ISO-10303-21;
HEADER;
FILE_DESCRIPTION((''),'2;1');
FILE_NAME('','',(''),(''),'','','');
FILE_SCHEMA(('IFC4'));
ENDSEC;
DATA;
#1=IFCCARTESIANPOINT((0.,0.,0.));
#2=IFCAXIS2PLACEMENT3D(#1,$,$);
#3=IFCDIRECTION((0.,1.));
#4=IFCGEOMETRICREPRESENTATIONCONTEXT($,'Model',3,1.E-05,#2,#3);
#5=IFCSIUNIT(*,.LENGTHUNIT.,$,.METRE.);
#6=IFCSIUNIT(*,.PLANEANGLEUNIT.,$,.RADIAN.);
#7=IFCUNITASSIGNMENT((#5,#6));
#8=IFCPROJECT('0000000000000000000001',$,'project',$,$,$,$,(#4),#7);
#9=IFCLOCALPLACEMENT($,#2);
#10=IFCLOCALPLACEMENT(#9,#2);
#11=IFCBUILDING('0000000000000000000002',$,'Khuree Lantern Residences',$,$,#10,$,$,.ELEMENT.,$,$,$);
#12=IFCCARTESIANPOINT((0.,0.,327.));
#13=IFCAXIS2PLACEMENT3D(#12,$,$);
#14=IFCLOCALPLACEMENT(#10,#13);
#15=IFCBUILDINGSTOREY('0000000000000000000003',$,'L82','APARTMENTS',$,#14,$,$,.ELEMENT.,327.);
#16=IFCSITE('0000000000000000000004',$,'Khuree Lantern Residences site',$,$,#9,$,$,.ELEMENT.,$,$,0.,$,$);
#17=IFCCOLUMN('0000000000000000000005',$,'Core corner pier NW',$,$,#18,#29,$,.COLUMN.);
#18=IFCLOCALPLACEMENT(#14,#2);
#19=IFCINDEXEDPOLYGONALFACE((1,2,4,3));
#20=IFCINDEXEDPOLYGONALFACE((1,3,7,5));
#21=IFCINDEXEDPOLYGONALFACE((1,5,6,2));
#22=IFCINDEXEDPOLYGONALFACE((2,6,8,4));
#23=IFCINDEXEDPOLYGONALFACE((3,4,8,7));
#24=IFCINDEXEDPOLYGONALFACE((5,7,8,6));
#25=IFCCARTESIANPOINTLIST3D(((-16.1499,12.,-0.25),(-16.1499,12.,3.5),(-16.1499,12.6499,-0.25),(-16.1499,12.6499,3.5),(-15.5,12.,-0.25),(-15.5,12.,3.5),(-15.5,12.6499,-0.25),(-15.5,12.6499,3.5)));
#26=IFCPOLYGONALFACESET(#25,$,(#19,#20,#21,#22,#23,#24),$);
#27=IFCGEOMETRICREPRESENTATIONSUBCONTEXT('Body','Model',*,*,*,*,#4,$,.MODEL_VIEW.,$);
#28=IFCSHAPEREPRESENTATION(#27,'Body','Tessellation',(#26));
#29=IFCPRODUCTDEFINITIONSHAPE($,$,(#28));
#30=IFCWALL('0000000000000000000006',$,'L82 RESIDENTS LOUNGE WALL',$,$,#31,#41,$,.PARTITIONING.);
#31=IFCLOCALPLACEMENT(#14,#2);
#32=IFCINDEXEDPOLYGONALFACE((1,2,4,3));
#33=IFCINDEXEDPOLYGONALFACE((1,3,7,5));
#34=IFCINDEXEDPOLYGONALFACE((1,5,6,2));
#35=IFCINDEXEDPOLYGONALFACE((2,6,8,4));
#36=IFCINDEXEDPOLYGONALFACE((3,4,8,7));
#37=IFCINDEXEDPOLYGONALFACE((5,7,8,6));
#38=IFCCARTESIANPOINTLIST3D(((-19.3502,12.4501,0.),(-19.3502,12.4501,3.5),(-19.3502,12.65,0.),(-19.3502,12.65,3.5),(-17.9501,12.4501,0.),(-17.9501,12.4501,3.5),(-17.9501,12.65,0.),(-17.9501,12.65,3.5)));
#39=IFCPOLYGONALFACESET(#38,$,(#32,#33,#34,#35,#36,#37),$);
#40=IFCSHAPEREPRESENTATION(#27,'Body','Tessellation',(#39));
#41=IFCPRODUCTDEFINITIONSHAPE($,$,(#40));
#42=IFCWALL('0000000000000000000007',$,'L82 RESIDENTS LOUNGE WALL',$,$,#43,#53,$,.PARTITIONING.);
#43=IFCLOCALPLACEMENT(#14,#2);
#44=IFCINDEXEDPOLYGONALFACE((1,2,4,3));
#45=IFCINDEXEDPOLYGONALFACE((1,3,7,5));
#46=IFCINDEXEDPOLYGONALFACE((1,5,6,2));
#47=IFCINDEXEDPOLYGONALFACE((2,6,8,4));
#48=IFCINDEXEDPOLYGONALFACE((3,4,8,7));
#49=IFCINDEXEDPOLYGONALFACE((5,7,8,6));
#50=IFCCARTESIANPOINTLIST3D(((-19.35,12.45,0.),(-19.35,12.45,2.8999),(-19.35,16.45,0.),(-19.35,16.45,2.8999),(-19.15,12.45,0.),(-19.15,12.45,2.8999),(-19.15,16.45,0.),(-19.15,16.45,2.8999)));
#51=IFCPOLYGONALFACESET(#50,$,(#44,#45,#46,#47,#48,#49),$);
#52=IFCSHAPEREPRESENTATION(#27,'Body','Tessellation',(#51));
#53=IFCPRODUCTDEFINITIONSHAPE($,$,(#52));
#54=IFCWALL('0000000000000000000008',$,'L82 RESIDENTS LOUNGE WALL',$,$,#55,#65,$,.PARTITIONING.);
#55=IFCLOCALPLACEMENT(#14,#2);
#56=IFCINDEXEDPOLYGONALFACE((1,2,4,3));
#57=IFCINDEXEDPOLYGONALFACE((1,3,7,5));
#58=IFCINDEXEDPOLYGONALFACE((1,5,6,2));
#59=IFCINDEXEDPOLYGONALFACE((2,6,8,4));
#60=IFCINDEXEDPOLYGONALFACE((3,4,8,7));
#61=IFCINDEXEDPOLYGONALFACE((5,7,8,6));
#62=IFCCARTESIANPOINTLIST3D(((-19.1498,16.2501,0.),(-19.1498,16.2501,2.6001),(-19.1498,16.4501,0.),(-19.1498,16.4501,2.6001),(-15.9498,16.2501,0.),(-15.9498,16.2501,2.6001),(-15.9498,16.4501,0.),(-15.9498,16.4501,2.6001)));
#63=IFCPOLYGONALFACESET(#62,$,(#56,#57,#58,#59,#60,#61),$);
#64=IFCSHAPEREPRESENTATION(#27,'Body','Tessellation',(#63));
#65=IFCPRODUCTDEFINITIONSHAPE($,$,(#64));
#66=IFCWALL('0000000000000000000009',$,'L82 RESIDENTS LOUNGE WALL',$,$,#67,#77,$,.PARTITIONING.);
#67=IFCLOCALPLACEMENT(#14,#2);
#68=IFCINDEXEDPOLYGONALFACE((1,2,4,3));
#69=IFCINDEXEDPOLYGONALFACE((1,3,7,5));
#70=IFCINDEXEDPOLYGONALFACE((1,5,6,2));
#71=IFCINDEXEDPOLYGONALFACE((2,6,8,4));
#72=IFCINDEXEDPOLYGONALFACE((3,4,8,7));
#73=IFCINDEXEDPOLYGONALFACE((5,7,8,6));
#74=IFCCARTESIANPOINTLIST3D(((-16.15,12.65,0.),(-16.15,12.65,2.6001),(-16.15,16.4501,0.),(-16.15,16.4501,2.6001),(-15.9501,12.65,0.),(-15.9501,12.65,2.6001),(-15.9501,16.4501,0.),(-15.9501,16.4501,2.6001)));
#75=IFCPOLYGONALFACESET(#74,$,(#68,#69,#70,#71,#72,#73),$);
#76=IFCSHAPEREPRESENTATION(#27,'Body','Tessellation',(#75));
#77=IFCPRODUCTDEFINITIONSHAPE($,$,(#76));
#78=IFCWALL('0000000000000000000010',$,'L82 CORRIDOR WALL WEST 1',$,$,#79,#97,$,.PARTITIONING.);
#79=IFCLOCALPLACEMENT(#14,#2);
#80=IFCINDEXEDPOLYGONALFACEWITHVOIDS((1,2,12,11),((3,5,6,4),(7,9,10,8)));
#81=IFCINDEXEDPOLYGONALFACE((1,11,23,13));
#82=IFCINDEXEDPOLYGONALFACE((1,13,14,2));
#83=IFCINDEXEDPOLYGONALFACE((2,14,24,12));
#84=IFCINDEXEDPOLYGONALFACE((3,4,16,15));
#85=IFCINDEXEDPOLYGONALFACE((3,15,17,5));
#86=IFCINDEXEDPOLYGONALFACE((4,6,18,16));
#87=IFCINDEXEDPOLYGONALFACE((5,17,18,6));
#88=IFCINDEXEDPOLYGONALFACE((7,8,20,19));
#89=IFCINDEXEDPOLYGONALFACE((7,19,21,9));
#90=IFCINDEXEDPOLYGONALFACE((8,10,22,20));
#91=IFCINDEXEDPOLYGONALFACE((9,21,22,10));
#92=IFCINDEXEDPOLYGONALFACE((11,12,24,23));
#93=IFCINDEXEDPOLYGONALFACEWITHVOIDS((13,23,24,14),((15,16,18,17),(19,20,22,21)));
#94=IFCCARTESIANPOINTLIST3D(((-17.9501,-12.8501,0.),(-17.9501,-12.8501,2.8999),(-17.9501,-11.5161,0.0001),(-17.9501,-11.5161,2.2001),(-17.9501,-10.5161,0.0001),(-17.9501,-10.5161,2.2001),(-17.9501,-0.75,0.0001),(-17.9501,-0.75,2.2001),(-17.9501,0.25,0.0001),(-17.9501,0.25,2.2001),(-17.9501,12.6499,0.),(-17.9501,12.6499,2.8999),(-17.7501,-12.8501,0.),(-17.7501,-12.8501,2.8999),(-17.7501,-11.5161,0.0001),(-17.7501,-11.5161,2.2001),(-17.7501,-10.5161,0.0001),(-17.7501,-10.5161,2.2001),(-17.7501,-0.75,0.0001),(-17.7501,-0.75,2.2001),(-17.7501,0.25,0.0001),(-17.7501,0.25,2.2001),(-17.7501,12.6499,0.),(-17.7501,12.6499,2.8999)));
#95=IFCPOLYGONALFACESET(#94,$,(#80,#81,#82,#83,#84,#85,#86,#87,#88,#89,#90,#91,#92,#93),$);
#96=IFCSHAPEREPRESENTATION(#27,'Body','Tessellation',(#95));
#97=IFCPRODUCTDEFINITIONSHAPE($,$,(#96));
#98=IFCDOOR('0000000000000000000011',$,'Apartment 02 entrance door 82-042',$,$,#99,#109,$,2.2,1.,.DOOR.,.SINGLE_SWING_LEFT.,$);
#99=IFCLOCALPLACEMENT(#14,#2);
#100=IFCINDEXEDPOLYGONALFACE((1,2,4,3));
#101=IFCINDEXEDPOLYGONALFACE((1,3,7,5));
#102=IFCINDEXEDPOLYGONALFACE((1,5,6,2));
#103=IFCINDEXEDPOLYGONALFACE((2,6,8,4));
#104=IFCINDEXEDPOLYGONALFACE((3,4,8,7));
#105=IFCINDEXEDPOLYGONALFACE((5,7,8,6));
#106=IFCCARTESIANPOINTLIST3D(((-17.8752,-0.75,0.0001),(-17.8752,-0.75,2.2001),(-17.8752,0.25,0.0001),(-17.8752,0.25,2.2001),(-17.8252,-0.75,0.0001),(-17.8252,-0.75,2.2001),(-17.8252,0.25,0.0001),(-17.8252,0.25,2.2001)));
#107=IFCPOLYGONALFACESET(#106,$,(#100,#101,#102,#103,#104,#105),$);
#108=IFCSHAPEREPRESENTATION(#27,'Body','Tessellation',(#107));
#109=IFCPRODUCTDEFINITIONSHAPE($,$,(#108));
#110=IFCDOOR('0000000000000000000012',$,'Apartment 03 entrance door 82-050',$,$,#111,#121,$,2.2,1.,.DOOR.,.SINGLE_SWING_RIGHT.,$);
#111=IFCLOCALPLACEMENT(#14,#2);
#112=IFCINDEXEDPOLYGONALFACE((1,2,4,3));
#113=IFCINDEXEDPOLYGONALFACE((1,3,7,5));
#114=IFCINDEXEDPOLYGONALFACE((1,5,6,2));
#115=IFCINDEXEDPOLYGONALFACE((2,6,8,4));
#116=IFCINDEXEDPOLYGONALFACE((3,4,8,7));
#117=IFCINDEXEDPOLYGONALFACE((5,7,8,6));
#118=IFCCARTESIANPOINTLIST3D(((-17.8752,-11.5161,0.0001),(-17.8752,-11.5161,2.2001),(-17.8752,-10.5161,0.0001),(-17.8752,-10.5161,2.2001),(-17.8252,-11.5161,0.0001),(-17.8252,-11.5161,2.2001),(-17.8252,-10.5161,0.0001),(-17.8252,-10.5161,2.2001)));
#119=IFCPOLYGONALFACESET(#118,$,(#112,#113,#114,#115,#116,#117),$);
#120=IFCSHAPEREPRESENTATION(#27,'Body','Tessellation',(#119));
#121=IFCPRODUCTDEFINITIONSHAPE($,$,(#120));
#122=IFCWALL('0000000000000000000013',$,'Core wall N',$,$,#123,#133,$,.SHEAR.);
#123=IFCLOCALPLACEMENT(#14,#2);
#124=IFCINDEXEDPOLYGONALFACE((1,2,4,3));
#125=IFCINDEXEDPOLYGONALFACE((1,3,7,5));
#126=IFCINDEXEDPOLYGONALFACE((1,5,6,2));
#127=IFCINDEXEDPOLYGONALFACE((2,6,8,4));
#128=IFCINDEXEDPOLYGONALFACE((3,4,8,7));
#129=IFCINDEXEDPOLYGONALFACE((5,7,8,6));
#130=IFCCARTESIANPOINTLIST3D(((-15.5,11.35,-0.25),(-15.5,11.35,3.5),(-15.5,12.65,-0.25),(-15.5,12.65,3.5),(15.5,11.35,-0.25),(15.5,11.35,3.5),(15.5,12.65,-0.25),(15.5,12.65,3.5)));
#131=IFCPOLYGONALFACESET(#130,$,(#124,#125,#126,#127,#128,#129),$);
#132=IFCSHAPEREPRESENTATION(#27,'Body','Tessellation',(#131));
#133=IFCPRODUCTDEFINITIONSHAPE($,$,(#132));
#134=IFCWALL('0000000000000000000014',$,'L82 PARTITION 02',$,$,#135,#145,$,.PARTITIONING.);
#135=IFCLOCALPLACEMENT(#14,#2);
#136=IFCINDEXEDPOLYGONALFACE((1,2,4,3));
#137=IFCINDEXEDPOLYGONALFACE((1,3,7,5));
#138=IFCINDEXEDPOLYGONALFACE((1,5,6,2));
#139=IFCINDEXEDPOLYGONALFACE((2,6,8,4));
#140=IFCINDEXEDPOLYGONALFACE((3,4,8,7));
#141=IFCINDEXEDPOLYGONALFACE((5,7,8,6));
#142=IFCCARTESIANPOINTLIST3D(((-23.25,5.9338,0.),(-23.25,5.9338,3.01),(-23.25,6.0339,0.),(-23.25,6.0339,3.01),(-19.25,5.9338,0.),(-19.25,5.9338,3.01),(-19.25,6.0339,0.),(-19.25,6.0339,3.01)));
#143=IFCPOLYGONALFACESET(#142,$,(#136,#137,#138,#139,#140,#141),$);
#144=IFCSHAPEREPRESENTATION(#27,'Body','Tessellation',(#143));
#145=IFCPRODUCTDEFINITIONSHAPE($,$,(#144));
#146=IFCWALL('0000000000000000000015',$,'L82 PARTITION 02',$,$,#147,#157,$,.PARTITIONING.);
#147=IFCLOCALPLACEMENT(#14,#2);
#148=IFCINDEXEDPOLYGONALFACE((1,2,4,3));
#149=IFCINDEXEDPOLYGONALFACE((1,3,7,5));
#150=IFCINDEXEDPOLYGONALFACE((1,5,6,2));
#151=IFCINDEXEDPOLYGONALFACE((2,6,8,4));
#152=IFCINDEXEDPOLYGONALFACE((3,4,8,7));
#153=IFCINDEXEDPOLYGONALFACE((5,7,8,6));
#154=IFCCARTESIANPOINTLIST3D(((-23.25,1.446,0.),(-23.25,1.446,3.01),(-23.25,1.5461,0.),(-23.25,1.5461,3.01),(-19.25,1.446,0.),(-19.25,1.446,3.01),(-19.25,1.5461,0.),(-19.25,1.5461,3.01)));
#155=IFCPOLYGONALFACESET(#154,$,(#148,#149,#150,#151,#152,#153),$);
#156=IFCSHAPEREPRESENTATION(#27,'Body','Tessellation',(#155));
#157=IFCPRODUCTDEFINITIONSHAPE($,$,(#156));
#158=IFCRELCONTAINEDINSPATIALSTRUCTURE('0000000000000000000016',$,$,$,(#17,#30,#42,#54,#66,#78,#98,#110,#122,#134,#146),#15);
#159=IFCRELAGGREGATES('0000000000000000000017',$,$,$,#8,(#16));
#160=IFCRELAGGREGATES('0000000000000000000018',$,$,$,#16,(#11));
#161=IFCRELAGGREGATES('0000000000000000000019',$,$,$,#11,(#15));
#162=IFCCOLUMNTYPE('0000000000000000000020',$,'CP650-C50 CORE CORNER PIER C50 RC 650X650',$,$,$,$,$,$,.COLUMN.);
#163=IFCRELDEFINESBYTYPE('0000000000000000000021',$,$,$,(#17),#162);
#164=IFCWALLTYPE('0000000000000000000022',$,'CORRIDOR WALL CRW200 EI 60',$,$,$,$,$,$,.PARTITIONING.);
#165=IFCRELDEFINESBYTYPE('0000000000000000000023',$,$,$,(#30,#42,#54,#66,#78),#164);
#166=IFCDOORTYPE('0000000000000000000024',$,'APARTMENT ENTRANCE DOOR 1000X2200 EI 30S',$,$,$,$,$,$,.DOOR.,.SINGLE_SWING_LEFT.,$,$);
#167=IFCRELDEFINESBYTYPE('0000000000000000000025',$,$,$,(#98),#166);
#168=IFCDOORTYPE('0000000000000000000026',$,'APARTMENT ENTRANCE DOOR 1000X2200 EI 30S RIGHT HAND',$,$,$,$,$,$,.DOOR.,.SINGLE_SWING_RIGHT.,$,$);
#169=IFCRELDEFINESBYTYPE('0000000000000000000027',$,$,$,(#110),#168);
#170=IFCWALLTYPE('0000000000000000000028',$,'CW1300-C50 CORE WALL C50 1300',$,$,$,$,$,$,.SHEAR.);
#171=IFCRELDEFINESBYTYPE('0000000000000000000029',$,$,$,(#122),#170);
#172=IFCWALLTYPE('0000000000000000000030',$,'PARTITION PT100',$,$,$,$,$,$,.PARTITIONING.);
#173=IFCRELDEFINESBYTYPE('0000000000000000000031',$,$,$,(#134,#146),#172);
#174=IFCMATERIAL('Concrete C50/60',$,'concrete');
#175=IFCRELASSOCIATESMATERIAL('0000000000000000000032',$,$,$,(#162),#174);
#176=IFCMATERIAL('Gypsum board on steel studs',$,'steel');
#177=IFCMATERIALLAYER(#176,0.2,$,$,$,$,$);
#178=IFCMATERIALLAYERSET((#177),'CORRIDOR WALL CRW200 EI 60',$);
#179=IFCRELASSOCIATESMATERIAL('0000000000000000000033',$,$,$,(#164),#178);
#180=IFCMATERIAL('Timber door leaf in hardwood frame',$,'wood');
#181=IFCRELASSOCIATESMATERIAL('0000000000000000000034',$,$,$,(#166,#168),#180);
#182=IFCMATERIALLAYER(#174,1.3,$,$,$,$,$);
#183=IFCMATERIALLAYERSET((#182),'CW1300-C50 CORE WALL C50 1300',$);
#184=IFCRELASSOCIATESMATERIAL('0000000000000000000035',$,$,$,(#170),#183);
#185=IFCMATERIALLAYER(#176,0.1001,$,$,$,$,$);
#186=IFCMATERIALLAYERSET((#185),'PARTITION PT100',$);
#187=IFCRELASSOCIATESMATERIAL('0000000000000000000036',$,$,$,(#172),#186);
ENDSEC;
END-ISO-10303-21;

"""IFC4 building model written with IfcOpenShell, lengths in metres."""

from ifc_helpers import new_model, si_unit, direction, frame, frame_2d, origin, origin_2d, place, context, subcontext, project, spatial, rectangle, extrude, material, layer, layer_set, material_profile, profile_set, type_object, element, fill, save


model = new_model("IFC4")

# Units and contexts
model_context = context("Model", 3, precision=1e-05, world=origin(), true_north=direction((0.0, 1.0)))
body_context = subcontext(model_context, "Body", "Model", "MODEL_VIEW")
ifc_project = project(units=[si_unit("LENGTHUNIT", "METRE"), si_unit("PLANEANGLEUNIT", "RADIAN")], contexts=[model_context])

# Site, building, storey
site_placement = place(None, origin())
site = spatial("IfcSite", under=ifc_project, at=site_placement, Name="Khuree Lantern Residences site", CompositionType="ELEMENT", RefElevation=0.0)
building_placement = place(site_placement, origin())
building = spatial("IfcBuilding", under=site, at=building_placement, Name="Khuree Lantern Residences", CompositionType="ELEMENT")
storey_placement = place(building_placement, frame((0.0, 0.0, 327.0)))
storey = spatial("IfcBuildingStorey", under=building, at=storey_placement, Name="L82", Description="APARTMENTS", CompositionType="ELEMENT", Elevation=327.0)

# Column
ifc_material_1 = material(Name="Concrete C50/60", Category="concrete")
ifc_material_profile = material_profile(ifc_material_1, rectangle(XDim=0.6499, YDim=0.6499, at=origin_2d()), Name="RC 650X650")
ifc_profile_set = profile_set([ifc_material_profile], Name="Concrete C50/60")
column_type = type_object("IfcColumnType", Name="CP650-C50 CORE CORNER PIER C50 RC 650X650", PredefinedType="COLUMN", material=ifc_profile_set)
column_placement = place(storey_placement, frame((-15.825, 12.325, -0.25), z_axis=(0.0, 0.0, 1.0), x_axis=(1.0, 0.0, 0.0)))
element("IfcColumn", 1, at=column_placement, inside=storey, type_object=column_type, Name="Core corner pier NW", PredefinedType="COLUMN", context=body_context, shape_type="SweptSolid", body=[
    extrude(rectangle(XDim=0.6499, YDim=0.6499, at=origin_2d()), origin(), (0.0, 0.0, 1.0), 3.75),
])

# Walls
ifc_material_2 = material(Name="Gypsum board on steel studs", Category="steel")
ifc_layer_1 = layer(ifc_material_2, 0.2)
ifc_layer_set_1 = layer_set([ifc_layer_1], Name="CORRIDOR WALL CRW200 EI 60")
wall_type_1 = type_object("IfcWallType", Name="CORRIDOR WALL CRW200 EI 60", PredefinedType="PARTITIONING", material=ifc_layer_set_1)
wall_1_placement = place(storey_placement, frame((-17.95, 12.55, 0.0), z_axis=(0.0, 0.0, 1.0), x_axis=(-1.0, 0.0, 0.0)))
element("IfcWall", 2, at=wall_1_placement, inside=storey, type_object=wall_type_1, Name="L82 RESIDENTS LOUNGE WALL", PredefinedType="PARTITIONING", context=body_context, shape_type="SweptSolid", body=[
    extrude(rectangle(XDim=1.4001, YDim=0.2, at=frame_2d((0.7002, 0.0))), origin(), (0.0, 0.0, 1.0), 3.5),
])
wall_2_placement = place(storey_placement, frame((-19.25, 12.45, 0.0), z_axis=(0.0, 0.0, 1.0), x_axis=(0.0, 1.0, 0.0)))
element("IfcWall", 3, at=wall_2_placement, inside=storey, type_object=wall_type_1, Name="L82 RESIDENTS LOUNGE WALL", PredefinedType="PARTITIONING", context=body_context, shape_type="SweptSolid", body=[
    extrude(rectangle(XDim=4.0, YDim=0.2, at=frame_2d((2.0, 0.0))), origin(), (0.0, 0.0, 1.0), 2.8999),
])
wall_3_placement = place(storey_placement, frame((-19.1499, 16.3501, 0.0), z_axis=(0.0, 0.0, 1.0), x_axis=(1.0, 0.0, 0.0)))
element("IfcWall", 4, at=wall_3_placement, inside=storey, type_object=wall_type_1, Name="L82 RESIDENTS LOUNGE WALL", PredefinedType="PARTITIONING", context=body_context, shape_type="SweptSolid", body=[
    extrude(rectangle(XDim=3.2, YDim=0.2, at=frame_2d((1.6001, 0.0))), origin(), (0.0, 0.0, 1.0), 2.6001),
])
wall_4_placement = place(storey_placement, frame((-16.05, 16.45, 0.0), z_axis=(0.0, 0.0, 1.0), x_axis=(0.0, -1.0, 0.0)))
element("IfcWall", 5, at=wall_4_placement, inside=storey, type_object=wall_type_1, Name="L82 RESIDENTS LOUNGE WALL", PredefinedType="PARTITIONING", context=body_context, shape_type="SweptSolid", body=[
    extrude(rectangle(XDim=3.8, YDim=0.2, at=frame_2d((1.8999, 0.0))), origin(), (0.0, 0.0, 1.0), 2.6001),
])

# Wall, openings, doors
wall_5_placement = place(storey_placement, frame((-17.8501, 12.6499, 0.0), z_axis=(0.0, 0.0, 1.0), x_axis=(0.0, -1.0, 0.0)))
wall_5 = element("IfcWall", 6, at=wall_5_placement, inside=storey, type_object=wall_type_1, Name="L82 CORRIDOR WALL WEST 1", PredefinedType="PARTITIONING", context=body_context, shape_type="SweptSolid", body=[
    extrude(rectangle(XDim=25.5, YDim=0.2, at=frame_2d((12.75, 0.0))), origin(), (0.0, 0.0, 1.0), 2.8999),
])
opening_1_placement = place(wall_5_placement, frame((12.3999, 0.0, 0.0)))
opening_1 = element("IfcOpeningElement", 7, at=opening_1_placement, cuts=wall_5, PredefinedType="OPENING", context=body_context, shape_type="SweptSolid", body=[
    extrude(rectangle(XDim=1.0, YDim=2.2, at=frame_2d((0.5, 1.1001))), frame((0.0, 0.1099, 0.0), z_axis=(0.0, -1.0, 0.0), x_axis=(1.0, 0.0, 0.0)), (0.0, 0.0, 1.0), 0.22),
])
opening_2_placement = place(wall_5_placement, frame((23.166, 0.0, 0.0)))
opening_2 = element("IfcOpeningElement", 8, at=opening_2_placement, cuts=wall_5, PredefinedType="OPENING", context=body_context, shape_type="SweptSolid", body=[
    extrude(rectangle(XDim=1.0, YDim=2.2, at=frame_2d((0.5, 1.1001))), frame((0.0, 0.1099, 0.0), z_axis=(0.0, -1.0, 0.0), x_axis=(1.0, 0.0, 0.0)), (0.0, 0.0, 1.0), 0.22),
])
ifc_material_3 = material(Name="Timber door leaf in hardwood frame", Category="wood")
door_type_1 = type_object("IfcDoorType", Name="APARTMENT ENTRANCE DOOR 1000X2200 EI 30S", OperationType="SINGLE_SWING_LEFT", PredefinedType="DOOR", material=ifc_material_3)
door_1_placement = place(opening_1_placement, origin())
door_1 = element("IfcDoor", 9, at=door_1_placement, inside=storey, type_object=door_type_1, Name="Apartment 02 entrance door 82-042", OperationType="SINGLE_SWING_LEFT", OverallHeight=2.2, OverallWidth=1.0, PredefinedType="DOOR", context=body_context, shape_type="SweptSolid", body=[
    extrude(rectangle(XDim=1.0, YDim=2.2, at=frame_2d((0.5, 1.1001))), frame((0.0, 0.0249, 0.0), z_axis=(0.0, -1.0, 0.0), x_axis=(1.0, 0.0, 0.0)), (0.0, 0.0, 1.0), 0.05),
])
fill(opening_1, door_1)
door_type_2 = type_object("IfcDoorType", Name="APARTMENT ENTRANCE DOOR 1000X2200 EI 30S RIGHT HAND", OperationType="SINGLE_SWING_RIGHT", PredefinedType="DOOR", material=ifc_material_3)
door_2_placement = place(opening_2_placement, origin())
door_2 = element("IfcDoor", 10, at=door_2_placement, inside=storey, type_object=door_type_2, Name="Apartment 03 entrance door 82-050", OperationType="SINGLE_SWING_RIGHT", OverallHeight=2.2, OverallWidth=1.0, PredefinedType="DOOR", context=body_context, shape_type="SweptSolid", body=[
    extrude(rectangle(XDim=1.0, YDim=2.2, at=frame_2d((0.5, 1.1001))), frame((0.0, 0.0249, 0.0), z_axis=(0.0, -1.0, 0.0), x_axis=(1.0, 0.0, 0.0)), (0.0, 0.0, 1.0), 0.05),
])
fill(opening_2, door_2)

# Walls
ifc_layer_2 = layer(ifc_material_1, 1.3)
ifc_layer_set_2 = layer_set([ifc_layer_2], Name="CW1300-C50 CORE WALL C50 1300")
wall_type_2 = type_object("IfcWallType", Name="CW1300-C50 CORE WALL C50 1300", PredefinedType="SHEAR", material=ifc_layer_set_2)
wall_6_placement = place(storey_placement, frame((-15.5, 12.0, -0.25), z_axis=(0.0, 0.0, 1.0), x_axis=(1.0, 0.0, 0.0)))
element("IfcWall", 11, at=wall_6_placement, inside=storey, type_object=wall_type_2, Name="Core wall N", PredefinedType="SHEAR", context=body_context, shape_type="SweptSolid", body=[
    extrude(rectangle(XDim=31.0, YDim=1.3, at=frame_2d((15.5, 0.0))), origin(), (0.0, 0.0, 1.0), 3.75),
])
ifc_layer_3 = layer(ifc_material_2, 0.1001)
ifc_layer_set_3 = layer_set([ifc_layer_3], Name="PARTITION PT100")
wall_type_3 = type_object("IfcWallType", Name="PARTITION PT100", PredefinedType="PARTITIONING", material=ifc_layer_set_3)
for number, where, z_axis, x_axis, name in (
    (12, (-19.25, 5.9839, 0.0), (0.0, 0.0, 1.0), (-1.0, 0.0, 0.0), "L82 PARTITION 02"),
    (13, (-19.25, 1.4961, 0.0), (0.0, 0.0, 1.0), (-1.0, 0.0, 0.0), "L82 PARTITION 02"),
):
    element("IfcWall", number, at=place(storey_placement, frame(where, z_axis=z_axis, x_axis=x_axis)), inside=storey, type_object=wall_type_3, Name=name, PredefinedType="PARTITIONING", context=body_context, shape_type="SweptSolid", body=[
        extrude(rectangle(XDim=4.0, YDim=0.1001, at=frame_2d((2.0, 0.0))), origin(), (0.0, 0.0, 1.0), 3.01),
    ])

save(model, "model.ifc")
